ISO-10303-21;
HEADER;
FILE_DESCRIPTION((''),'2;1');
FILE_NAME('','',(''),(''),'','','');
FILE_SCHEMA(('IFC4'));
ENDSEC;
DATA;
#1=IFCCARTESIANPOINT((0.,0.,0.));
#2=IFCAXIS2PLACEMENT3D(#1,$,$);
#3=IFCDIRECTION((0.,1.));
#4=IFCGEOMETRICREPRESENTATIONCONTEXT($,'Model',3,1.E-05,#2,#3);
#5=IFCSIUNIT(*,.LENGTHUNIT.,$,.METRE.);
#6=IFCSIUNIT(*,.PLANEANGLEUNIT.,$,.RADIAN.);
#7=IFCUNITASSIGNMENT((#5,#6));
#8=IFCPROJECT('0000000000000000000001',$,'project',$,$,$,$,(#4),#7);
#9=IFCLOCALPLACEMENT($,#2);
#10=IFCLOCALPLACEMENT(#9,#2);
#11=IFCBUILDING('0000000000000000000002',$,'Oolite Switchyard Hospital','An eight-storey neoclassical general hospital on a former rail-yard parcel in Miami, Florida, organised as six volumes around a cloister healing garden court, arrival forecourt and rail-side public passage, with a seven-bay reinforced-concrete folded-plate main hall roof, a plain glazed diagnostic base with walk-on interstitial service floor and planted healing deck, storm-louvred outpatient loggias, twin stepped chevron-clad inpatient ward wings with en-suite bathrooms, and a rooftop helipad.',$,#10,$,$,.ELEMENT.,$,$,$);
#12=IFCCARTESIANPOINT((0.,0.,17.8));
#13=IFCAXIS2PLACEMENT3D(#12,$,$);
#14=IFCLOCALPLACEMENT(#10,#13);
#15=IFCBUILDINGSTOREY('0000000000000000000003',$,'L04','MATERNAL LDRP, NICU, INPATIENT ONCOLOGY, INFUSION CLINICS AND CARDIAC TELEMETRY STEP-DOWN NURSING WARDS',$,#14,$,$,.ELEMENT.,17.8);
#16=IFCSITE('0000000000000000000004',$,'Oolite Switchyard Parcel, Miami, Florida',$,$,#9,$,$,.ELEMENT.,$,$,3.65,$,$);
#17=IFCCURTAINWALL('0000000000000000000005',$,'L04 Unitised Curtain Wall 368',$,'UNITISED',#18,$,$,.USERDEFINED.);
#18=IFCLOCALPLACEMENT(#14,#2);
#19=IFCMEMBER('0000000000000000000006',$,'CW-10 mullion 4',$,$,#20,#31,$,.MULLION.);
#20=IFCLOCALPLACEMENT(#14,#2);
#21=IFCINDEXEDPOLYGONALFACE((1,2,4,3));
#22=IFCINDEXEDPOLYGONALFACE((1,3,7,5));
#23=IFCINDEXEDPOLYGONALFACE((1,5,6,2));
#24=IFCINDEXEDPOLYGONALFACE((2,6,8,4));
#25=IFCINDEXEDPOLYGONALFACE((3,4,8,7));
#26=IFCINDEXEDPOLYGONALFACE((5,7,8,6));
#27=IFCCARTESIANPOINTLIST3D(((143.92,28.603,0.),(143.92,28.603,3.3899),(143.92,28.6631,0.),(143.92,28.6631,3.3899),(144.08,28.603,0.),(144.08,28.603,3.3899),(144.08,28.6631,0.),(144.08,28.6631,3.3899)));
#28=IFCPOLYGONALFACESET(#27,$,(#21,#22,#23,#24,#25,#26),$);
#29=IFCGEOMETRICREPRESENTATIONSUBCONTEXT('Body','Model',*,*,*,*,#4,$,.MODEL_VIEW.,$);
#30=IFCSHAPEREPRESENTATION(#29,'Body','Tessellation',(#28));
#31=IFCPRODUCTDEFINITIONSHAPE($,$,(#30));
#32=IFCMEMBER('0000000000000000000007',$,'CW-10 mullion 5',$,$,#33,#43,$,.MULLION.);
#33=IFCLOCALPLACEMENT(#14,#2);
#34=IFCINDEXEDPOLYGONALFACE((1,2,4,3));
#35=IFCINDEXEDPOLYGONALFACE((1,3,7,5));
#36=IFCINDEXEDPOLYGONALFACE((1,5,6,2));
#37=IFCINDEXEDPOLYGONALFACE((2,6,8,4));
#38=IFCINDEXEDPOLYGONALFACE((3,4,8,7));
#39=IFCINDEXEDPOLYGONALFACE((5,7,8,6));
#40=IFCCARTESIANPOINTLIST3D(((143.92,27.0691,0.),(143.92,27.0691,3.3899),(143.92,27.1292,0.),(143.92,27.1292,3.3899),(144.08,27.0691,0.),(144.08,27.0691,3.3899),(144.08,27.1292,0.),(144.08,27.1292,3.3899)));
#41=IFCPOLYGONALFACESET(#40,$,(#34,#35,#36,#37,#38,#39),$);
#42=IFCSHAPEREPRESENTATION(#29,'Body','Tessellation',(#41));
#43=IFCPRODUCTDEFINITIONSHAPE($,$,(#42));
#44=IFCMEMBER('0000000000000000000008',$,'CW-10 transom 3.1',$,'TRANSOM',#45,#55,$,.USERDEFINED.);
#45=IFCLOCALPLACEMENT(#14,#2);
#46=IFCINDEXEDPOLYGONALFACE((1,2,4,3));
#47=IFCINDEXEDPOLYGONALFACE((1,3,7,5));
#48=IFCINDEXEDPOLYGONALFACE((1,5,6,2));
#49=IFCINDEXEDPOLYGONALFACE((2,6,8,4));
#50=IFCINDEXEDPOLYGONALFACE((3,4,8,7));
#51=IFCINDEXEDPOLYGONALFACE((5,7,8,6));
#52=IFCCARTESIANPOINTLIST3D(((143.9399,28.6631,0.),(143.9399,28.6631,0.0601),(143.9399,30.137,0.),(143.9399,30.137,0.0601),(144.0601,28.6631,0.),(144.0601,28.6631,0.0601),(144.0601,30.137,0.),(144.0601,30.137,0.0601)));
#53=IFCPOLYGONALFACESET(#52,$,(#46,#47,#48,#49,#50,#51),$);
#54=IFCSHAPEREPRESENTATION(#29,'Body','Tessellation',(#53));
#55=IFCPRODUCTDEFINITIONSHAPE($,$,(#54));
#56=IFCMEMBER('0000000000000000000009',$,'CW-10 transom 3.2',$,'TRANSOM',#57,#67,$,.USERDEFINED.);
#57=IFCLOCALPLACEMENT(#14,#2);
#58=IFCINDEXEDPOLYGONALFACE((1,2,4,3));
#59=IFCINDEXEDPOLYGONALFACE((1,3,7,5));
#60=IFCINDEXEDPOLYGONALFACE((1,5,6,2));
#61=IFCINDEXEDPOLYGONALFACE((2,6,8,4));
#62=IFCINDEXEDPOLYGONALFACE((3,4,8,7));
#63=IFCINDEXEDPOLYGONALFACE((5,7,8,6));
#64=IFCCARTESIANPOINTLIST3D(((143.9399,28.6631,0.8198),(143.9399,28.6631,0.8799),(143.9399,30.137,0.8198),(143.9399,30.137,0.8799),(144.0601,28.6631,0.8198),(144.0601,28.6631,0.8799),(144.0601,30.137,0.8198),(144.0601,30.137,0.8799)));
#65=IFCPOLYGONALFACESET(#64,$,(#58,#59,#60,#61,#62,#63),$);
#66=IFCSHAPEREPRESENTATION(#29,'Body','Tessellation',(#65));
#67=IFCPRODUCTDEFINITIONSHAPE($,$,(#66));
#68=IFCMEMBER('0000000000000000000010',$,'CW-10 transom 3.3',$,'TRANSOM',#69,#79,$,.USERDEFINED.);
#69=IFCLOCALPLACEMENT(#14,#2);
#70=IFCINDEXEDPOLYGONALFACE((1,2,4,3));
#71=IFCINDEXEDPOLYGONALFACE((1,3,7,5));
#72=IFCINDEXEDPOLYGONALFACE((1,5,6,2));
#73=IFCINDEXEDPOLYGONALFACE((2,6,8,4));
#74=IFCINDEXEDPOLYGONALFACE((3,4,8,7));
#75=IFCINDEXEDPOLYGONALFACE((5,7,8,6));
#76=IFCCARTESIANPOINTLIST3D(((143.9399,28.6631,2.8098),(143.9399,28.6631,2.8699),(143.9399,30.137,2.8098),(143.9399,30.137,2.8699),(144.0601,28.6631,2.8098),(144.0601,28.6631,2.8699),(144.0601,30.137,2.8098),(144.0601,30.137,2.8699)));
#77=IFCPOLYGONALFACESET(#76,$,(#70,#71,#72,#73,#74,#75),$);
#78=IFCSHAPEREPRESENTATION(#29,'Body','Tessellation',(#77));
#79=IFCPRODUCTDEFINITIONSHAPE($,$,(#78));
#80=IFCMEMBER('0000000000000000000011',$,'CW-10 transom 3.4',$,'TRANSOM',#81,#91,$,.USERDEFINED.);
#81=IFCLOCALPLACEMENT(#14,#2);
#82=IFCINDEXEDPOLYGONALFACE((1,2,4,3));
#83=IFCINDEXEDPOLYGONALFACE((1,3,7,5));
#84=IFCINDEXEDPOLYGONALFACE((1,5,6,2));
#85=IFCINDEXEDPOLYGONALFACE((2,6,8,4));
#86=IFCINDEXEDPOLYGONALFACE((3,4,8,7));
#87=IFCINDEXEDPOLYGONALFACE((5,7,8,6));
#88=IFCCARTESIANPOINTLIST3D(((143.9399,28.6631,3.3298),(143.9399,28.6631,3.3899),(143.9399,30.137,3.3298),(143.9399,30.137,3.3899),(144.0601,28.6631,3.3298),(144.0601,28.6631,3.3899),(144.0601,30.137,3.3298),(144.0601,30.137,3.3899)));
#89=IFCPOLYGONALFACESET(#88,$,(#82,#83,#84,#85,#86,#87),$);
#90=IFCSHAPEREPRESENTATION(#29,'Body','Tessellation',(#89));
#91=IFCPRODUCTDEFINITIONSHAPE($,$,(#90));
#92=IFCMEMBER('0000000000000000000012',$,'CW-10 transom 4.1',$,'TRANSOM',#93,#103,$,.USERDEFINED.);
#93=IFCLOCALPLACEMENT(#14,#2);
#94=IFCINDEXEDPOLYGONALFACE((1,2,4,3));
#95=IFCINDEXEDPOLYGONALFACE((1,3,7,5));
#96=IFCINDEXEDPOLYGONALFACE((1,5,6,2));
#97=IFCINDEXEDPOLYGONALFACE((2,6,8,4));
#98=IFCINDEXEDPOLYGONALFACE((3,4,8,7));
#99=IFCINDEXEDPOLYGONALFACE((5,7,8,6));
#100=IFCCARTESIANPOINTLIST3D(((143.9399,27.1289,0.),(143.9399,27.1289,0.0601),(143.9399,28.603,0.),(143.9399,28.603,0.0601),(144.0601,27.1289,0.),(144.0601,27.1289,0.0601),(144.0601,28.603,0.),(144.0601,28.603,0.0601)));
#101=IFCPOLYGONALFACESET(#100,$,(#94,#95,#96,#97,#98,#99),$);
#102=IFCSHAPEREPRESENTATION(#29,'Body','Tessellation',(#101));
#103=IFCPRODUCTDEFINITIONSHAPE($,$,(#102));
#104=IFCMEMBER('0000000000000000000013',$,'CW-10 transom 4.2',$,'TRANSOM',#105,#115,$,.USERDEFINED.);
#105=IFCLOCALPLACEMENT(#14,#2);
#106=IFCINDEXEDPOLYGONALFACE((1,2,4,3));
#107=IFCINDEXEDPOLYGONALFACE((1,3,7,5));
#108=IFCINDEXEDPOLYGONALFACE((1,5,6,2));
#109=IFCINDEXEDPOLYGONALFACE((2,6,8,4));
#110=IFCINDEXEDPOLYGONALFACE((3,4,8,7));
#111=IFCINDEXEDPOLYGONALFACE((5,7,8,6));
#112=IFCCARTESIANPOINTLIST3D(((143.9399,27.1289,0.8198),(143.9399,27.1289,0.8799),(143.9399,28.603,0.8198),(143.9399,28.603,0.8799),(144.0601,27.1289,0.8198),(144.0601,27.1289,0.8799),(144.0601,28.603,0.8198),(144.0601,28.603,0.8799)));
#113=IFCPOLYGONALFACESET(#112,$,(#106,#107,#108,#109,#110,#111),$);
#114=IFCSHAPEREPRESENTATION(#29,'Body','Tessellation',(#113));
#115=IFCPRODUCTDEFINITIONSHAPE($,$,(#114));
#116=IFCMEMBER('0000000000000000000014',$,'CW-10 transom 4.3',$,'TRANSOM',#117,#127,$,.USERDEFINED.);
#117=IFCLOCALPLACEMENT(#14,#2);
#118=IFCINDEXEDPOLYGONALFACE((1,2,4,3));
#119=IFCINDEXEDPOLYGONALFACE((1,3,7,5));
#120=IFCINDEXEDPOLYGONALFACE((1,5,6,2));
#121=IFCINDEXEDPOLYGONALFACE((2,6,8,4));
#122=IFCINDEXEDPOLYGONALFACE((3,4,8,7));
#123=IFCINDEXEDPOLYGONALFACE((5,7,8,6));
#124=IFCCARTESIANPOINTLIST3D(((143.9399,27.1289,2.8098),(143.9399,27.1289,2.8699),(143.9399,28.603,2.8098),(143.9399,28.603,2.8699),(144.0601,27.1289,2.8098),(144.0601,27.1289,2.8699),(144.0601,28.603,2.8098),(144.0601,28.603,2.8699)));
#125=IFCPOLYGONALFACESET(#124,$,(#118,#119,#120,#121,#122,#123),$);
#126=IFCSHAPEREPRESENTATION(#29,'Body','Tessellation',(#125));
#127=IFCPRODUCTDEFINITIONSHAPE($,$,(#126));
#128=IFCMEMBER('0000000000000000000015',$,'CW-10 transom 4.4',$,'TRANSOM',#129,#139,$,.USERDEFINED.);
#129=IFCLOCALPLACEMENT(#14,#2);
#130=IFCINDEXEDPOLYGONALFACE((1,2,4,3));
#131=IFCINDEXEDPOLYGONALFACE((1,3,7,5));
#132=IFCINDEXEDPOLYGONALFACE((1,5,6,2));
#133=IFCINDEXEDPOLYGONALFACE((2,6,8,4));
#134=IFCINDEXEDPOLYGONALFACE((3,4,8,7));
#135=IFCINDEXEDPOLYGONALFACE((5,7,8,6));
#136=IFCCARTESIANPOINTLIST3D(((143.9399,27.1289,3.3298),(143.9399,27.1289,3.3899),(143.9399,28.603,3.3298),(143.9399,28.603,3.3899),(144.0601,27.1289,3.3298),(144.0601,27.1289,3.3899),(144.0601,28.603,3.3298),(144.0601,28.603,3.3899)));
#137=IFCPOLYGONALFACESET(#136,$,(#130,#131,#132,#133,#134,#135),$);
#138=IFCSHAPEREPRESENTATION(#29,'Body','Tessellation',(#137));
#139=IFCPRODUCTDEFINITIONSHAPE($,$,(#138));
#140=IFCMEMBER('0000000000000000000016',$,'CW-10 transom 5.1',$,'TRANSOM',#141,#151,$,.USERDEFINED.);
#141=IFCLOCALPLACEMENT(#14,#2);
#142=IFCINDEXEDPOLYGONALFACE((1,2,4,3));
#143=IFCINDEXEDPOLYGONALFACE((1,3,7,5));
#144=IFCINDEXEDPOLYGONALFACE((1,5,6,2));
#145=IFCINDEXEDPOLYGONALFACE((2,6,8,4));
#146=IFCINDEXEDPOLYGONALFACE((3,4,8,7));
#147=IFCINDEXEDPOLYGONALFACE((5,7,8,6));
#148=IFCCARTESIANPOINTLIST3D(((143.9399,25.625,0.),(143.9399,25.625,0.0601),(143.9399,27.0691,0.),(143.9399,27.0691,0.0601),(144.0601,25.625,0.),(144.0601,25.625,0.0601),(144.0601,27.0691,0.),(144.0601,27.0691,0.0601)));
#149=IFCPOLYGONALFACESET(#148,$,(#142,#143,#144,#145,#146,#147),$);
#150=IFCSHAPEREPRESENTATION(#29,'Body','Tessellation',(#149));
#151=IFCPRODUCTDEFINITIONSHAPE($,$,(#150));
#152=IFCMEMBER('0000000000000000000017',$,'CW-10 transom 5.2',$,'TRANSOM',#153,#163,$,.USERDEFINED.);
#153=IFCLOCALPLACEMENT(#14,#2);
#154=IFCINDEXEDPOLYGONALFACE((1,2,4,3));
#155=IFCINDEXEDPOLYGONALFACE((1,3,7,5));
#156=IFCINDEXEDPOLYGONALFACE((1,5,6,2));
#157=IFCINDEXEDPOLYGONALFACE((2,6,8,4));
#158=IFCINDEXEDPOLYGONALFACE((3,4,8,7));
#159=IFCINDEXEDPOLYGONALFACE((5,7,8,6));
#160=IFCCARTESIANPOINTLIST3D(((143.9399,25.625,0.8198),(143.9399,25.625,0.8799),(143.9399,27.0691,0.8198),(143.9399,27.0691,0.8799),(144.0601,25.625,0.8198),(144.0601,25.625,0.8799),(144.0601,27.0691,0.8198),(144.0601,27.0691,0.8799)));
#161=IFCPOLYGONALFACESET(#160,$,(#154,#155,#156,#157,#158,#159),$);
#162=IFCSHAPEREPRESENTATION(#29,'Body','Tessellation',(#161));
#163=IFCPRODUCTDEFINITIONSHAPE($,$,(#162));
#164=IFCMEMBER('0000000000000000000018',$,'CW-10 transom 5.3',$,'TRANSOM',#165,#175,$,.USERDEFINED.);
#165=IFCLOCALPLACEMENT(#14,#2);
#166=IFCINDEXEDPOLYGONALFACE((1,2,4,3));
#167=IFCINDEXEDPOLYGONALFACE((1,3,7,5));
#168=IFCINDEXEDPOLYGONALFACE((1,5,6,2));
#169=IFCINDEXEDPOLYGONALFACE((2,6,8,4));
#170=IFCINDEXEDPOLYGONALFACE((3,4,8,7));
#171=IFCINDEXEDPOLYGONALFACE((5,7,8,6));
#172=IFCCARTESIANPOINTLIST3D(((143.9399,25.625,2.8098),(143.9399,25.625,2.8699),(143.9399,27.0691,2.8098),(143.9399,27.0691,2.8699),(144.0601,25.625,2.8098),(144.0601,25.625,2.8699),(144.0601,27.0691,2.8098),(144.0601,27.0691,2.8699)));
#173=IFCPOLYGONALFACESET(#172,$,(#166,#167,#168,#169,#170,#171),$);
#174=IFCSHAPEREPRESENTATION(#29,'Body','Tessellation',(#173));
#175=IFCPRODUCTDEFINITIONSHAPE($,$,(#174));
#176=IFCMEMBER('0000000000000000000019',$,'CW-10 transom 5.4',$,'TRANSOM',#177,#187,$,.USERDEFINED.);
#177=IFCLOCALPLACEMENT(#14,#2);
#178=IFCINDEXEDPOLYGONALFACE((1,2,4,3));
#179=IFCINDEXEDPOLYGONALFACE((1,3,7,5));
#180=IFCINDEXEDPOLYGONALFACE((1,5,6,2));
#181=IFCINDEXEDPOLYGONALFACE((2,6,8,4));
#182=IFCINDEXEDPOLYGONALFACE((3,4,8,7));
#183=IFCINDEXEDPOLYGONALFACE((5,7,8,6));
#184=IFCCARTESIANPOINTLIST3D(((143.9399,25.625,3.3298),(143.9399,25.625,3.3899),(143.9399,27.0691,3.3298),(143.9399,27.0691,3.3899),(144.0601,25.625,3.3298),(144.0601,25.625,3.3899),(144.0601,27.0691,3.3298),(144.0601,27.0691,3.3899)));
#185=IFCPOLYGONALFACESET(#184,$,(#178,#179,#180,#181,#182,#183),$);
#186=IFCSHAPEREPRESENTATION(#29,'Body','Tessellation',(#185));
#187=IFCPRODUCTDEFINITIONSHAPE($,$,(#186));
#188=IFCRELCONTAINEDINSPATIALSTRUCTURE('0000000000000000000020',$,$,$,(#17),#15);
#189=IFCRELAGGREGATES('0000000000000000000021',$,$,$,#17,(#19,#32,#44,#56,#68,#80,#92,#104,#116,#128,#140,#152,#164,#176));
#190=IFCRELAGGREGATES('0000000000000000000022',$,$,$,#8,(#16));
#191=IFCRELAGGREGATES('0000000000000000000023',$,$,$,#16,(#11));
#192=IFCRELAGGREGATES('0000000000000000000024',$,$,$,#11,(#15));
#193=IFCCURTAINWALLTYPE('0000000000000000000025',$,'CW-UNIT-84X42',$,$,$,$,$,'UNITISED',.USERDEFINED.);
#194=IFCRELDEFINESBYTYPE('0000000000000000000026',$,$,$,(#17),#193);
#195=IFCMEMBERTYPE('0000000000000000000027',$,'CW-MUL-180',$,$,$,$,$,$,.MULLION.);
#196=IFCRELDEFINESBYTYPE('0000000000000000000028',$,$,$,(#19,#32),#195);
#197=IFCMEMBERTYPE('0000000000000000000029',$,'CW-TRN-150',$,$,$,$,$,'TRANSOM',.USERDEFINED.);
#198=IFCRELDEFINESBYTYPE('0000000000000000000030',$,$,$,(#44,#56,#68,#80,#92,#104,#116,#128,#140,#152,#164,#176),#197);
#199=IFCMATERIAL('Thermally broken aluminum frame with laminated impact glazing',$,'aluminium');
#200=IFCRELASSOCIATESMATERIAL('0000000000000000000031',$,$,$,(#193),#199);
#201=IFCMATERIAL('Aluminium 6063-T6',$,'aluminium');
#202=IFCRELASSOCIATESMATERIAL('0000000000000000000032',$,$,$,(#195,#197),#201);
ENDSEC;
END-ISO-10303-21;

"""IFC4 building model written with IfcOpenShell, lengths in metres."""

from ifc_helpers import new_model, si_unit, direction, frame, origin, origin_2d, place, context, subcontext, project, spatial, rectangle, extrude, material, material_profile, profile_set, type_object, element, aggregate, save


model = new_model("IFC4")

# Units and contexts
model_context = context("Model", 3, precision=1e-05, world=origin(), true_north=direction((0.0, 1.0)))
body_context = subcontext(model_context, "Body", "Model", "MODEL_VIEW")
ifc_project = project(units=[si_unit("LENGTHUNIT", "METRE"), si_unit("PLANEANGLEUNIT", "RADIAN")], contexts=[model_context])

# Site, building, storey
site_placement = place(None, origin())
site = spatial("IfcSite", under=ifc_project, at=site_placement, Name="Oolite Switchyard Parcel, Miami, Florida", CompositionType="ELEMENT", RefElevation=3.65)
building_placement = place(site_placement, origin())
building = spatial("IfcBuilding", under=site, at=building_placement, Name="Oolite Switchyard Hospital", Description="An eight-storey neoclassical general hospital on a former rail-yard parcel in Miami, Florida, organised as six volumes around a cloister healing garden court, arrival forecourt and rail-side public passage, with a seven-bay reinforced-concrete folded-plate main hall roof, a plain glazed diagnostic base with walk-on interstitial service floor and planted healing deck, storm-louvred outpatient loggias, twin stepped chevron-clad inpatient ward wings with en-suite bathrooms, and a rooftop helipad.", CompositionType="ELEMENT")
storey_placement = place(building_placement, frame((0.0, 0.0, 17.8)))
storey = spatial("IfcBuildingStorey", under=building, at=storey_placement, Name="L04", Description="MATERNAL LDRP, NICU, INPATIENT ONCOLOGY, INFUSION CLINICS AND CARDIAC TELEMETRY STEP-DOWN NURSING WARDS", CompositionType="ELEMENT", Elevation=17.8)

# Curtain wall, members
ifc_material_1 = material(Name="Thermally broken aluminum frame with laminated impact glazing", Category="aluminium")
curtain_wall_type = type_object("IfcCurtainWallType", Name="CW-UNIT-84X42", ElementType="UNITISED", PredefinedType="USERDEFINED", material=ifc_material_1)
curtain_wall_placement = place(storey_placement, origin())
curtain_wall = element("IfcCurtainWall", 1, at=curtain_wall_placement, inside=storey, type_object=curtain_wall_type, Name="L04 Unitised Curtain Wall 368", ObjectType="UNITISED", PredefinedType="USERDEFINED")
ifc_material_2 = material(Name="Aluminium 6063-T6", Category="aluminium")
ifc_material_profile_1 = material_profile(ifc_material_2, rectangle(XDim=0.1599, YDim=0.0601, at=origin_2d()), Name="CWM60X160")
ifc_profile_set_1 = profile_set([ifc_material_profile_1], Name="Aluminium 6063-T6")
member_type_1 = type_object("IfcMemberType", Name="CW-MUL-180", PredefinedType="MULLION", material=ifc_profile_set_1)
member_1_placement = place(storey_placement, frame((144.0, 28.6331, 0.0), z_axis=(0.0, 0.0, 1.0), x_axis=(1.0, 0.0, 0.0)))
member_1 = element("IfcMember", 2, at=member_1_placement, type_object=member_type_1, Name="CW-10 mullion 4", PredefinedType="MULLION", context=body_context, shape_type="SweptSolid", body=[
    extrude(rectangle(XDim=0.1599, YDim=0.0601, at=origin_2d()), origin(), (0.0, 0.0, 1.0), 3.3899),
])
member_2_placement = place(storey_placement, frame((144.0, 27.0991, 0.0), z_axis=(0.0, 0.0, 1.0), x_axis=(1.0, 0.0, 0.0)))
member_2 = element("IfcMember", 3, at=member_2_placement, type_object=member_type_1, Name="CW-10 mullion 5", PredefinedType="MULLION", context=body_context, shape_type="SweptSolid", body=[
    extrude(rectangle(XDim=0.1599, YDim=0.0601, at=origin_2d()), origin(), (0.0, 0.0, 1.0), 3.3899),
])
ifc_material_profile_2 = material_profile(ifc_material_2, rectangle(XDim=0.1201, YDim=0.0601, at=origin_2d()), Name="CWT60X120")
ifc_profile_set_2 = profile_set([ifc_material_profile_2], Name="Aluminium 6063-T6")
member_type_2 = type_object("IfcMemberType", Name="CW-TRN-150", ElementType="TRANSOM", PredefinedType="USERDEFINED", material=ifc_profile_set_2)
member_3_placement = place(storey_placement, frame((144.0, 30.137, 0.03), z_axis=(0.0, -1.0, 0.0), x_axis=(1.0, 0.0, 0.0)))
member_3 = element("IfcMember", 4, at=member_3_placement, type_object=member_type_2, Name="CW-10 transom 3.1", ObjectType="TRANSOM", PredefinedType="USERDEFINED", context=body_context, shape_type="SweptSolid", body=[
    extrude(rectangle(XDim=0.1201, YDim=0.0601, at=origin_2d()), origin(), (0.0, 0.0, 1.0), 1.4739),
])
member_4_placement = place(storey_placement, frame((144.0, 30.137, 0.8499), z_axis=(0.0, -1.0, 0.0), x_axis=(1.0, 0.0, 0.0)))
member_4 = element("IfcMember", 5, at=member_4_placement, type_object=member_type_2, Name="CW-10 transom 3.2", ObjectType="TRANSOM", PredefinedType="USERDEFINED", context=body_context, shape_type="SweptSolid", body=[
    extrude(rectangle(XDim=0.1201, YDim=0.0601, at=origin_2d()), origin(), (0.0, 0.0, 1.0), 1.4739),
])
member_5_placement = place(storey_placement, frame((144.0, 30.137, 2.8398), z_axis=(0.0, -1.0, 0.0), x_axis=(1.0, 0.0, 0.0)))
member_5 = element("IfcMember", 6, at=member_5_placement, type_object=member_type_2, Name="CW-10 transom 3.3", ObjectType="TRANSOM", PredefinedType="USERDEFINED", context=body_context, shape_type="SweptSolid", body=[
    extrude(rectangle(XDim=0.1201, YDim=0.0601, at=origin_2d()), origin(), (0.0, 0.0, 1.0), 1.4739),
])
member_6_placement = place(storey_placement, frame((144.0, 30.137, 3.3599), z_axis=(0.0, -1.0, 0.0), x_axis=(1.0, 0.0, 0.0)))
member_6 = element("IfcMember", 7, at=member_6_placement, type_object=member_type_2, Name="CW-10 transom 3.4", ObjectType="TRANSOM", PredefinedType="USERDEFINED", context=body_context, shape_type="SweptSolid", body=[
    extrude(rectangle(XDim=0.1201, YDim=0.0601, at=origin_2d()), origin(), (0.0, 0.0, 1.0), 1.4739),
])
member_7_placement = place(storey_placement, frame((144.0, 28.603, 0.03), z_axis=(0.0, -1.0, 0.0), x_axis=(1.0, 0.0, 0.0)))
member_7 = element("IfcMember", 8, at=member_7_placement, type_object=member_type_2, Name="CW-10 transom 4.1", ObjectType="TRANSOM", PredefinedType="USERDEFINED", context=body_context, shape_type="SweptSolid", body=[
    extrude(rectangle(XDim=0.1201, YDim=0.0601, at=origin_2d()), origin(), (0.0, 0.0, 1.0), 1.4741),
])
member_8_placement = place(storey_placement, frame((144.0, 28.603, 0.8499), z_axis=(0.0, -1.0, 0.0), x_axis=(1.0, 0.0, 0.0)))
member_8 = element("IfcMember", 9, at=member_8_placement, type_object=member_type_2, Name="CW-10 transom 4.2", ObjectType="TRANSOM", PredefinedType="USERDEFINED", context=body_context, shape_type="SweptSolid", body=[
    extrude(rectangle(XDim=0.1201, YDim=0.0601, at=origin_2d()), origin(), (0.0, 0.0, 1.0), 1.4741),
])
member_9_placement = place(storey_placement, frame((144.0, 28.603, 2.8398), z_axis=(0.0, -1.0, 0.0), x_axis=(1.0, 0.0, 0.0)))
member_9 = element("IfcMember", 10, at=member_9_placement, type_object=member_type_2, Name="CW-10 transom 4.3", ObjectType="TRANSOM", PredefinedType="USERDEFINED", context=body_context, shape_type="SweptSolid", body=[
    extrude(rectangle(XDim=0.1201, YDim=0.0601, at=origin_2d()), origin(), (0.0, 0.0, 1.0), 1.4741),
])
member_10_placement = place(storey_placement, frame((144.0, 28.603, 3.3599), z_axis=(0.0, -1.0, 0.0), x_axis=(1.0, 0.0, 0.0)))
member_10 = element("IfcMember", 11, at=member_10_placement, type_object=member_type_2, Name="CW-10 transom 4.4", ObjectType="TRANSOM", PredefinedType="USERDEFINED", context=body_context, shape_type="SweptSolid", body=[
    extrude(rectangle(XDim=0.1201, YDim=0.0601, at=origin_2d()), origin(), (0.0, 0.0, 1.0), 1.4741),
])
member_11_placement = place(storey_placement, frame((144.0, 27.0691, 0.03), z_axis=(0.0, -1.0, 0.0), x_axis=(1.0, 0.0, 0.0)))
member_11 = element("IfcMember", 12, at=member_11_placement, type_object=member_type_2, Name="CW-10 transom 5.1", ObjectType="TRANSOM", PredefinedType="USERDEFINED", context=body_context, shape_type="SweptSolid", body=[
    extrude(rectangle(XDim=0.1201, YDim=0.0601, at=origin_2d()), origin(), (0.0, 0.0, 1.0), 1.4441),
])
member_12_placement = place(storey_placement, frame((144.0, 27.0691, 0.8499), z_axis=(0.0, -1.0, 0.0), x_axis=(1.0, 0.0, 0.0)))
member_12 = element("IfcMember", 13, at=member_12_placement, type_object=member_type_2, Name="CW-10 transom 5.2", ObjectType="TRANSOM", PredefinedType="USERDEFINED", context=body_context, shape_type="SweptSolid", body=[
    extrude(rectangle(XDim=0.1201, YDim=0.0601, at=origin_2d()), origin(), (0.0, 0.0, 1.0), 1.4441),
])
member_13_placement = place(storey_placement, frame((144.0, 27.0691, 2.8398), z_axis=(0.0, -1.0, 0.0), x_axis=(1.0, 0.0, 0.0)))
member_13 = element("IfcMember", 14, at=member_13_placement, type_object=member_type_2, Name="CW-10 transom 5.3", ObjectType="TRANSOM", PredefinedType="USERDEFINED", context=body_context, shape_type="SweptSolid", body=[
    extrude(rectangle(XDim=0.1201, YDim=0.0601, at=origin_2d()), origin(), (0.0, 0.0, 1.0), 1.4441),
])
member_14_placement = place(storey_placement, frame((144.0, 27.0691, 3.3599), z_axis=(0.0, -1.0, 0.0), x_axis=(1.0, 0.0, 0.0)))
member_14 = element("IfcMember", 15, at=member_14_placement, type_object=member_type_2, Name="CW-10 transom 5.4", ObjectType="TRANSOM", PredefinedType="USERDEFINED", context=body_context, shape_type="SweptSolid", body=[
    extrude(rectangle(XDim=0.1201, YDim=0.0601, at=origin_2d()), origin(), (0.0, 0.0, 1.0), 1.4441),
])
aggregate(curtain_wall, [member_1, member_2, member_3, member_4, member_5, member_6, member_7, member_8, member_9, member_10, member_11, member_12, member_13, member_14])

save(model, "model.ifc")
